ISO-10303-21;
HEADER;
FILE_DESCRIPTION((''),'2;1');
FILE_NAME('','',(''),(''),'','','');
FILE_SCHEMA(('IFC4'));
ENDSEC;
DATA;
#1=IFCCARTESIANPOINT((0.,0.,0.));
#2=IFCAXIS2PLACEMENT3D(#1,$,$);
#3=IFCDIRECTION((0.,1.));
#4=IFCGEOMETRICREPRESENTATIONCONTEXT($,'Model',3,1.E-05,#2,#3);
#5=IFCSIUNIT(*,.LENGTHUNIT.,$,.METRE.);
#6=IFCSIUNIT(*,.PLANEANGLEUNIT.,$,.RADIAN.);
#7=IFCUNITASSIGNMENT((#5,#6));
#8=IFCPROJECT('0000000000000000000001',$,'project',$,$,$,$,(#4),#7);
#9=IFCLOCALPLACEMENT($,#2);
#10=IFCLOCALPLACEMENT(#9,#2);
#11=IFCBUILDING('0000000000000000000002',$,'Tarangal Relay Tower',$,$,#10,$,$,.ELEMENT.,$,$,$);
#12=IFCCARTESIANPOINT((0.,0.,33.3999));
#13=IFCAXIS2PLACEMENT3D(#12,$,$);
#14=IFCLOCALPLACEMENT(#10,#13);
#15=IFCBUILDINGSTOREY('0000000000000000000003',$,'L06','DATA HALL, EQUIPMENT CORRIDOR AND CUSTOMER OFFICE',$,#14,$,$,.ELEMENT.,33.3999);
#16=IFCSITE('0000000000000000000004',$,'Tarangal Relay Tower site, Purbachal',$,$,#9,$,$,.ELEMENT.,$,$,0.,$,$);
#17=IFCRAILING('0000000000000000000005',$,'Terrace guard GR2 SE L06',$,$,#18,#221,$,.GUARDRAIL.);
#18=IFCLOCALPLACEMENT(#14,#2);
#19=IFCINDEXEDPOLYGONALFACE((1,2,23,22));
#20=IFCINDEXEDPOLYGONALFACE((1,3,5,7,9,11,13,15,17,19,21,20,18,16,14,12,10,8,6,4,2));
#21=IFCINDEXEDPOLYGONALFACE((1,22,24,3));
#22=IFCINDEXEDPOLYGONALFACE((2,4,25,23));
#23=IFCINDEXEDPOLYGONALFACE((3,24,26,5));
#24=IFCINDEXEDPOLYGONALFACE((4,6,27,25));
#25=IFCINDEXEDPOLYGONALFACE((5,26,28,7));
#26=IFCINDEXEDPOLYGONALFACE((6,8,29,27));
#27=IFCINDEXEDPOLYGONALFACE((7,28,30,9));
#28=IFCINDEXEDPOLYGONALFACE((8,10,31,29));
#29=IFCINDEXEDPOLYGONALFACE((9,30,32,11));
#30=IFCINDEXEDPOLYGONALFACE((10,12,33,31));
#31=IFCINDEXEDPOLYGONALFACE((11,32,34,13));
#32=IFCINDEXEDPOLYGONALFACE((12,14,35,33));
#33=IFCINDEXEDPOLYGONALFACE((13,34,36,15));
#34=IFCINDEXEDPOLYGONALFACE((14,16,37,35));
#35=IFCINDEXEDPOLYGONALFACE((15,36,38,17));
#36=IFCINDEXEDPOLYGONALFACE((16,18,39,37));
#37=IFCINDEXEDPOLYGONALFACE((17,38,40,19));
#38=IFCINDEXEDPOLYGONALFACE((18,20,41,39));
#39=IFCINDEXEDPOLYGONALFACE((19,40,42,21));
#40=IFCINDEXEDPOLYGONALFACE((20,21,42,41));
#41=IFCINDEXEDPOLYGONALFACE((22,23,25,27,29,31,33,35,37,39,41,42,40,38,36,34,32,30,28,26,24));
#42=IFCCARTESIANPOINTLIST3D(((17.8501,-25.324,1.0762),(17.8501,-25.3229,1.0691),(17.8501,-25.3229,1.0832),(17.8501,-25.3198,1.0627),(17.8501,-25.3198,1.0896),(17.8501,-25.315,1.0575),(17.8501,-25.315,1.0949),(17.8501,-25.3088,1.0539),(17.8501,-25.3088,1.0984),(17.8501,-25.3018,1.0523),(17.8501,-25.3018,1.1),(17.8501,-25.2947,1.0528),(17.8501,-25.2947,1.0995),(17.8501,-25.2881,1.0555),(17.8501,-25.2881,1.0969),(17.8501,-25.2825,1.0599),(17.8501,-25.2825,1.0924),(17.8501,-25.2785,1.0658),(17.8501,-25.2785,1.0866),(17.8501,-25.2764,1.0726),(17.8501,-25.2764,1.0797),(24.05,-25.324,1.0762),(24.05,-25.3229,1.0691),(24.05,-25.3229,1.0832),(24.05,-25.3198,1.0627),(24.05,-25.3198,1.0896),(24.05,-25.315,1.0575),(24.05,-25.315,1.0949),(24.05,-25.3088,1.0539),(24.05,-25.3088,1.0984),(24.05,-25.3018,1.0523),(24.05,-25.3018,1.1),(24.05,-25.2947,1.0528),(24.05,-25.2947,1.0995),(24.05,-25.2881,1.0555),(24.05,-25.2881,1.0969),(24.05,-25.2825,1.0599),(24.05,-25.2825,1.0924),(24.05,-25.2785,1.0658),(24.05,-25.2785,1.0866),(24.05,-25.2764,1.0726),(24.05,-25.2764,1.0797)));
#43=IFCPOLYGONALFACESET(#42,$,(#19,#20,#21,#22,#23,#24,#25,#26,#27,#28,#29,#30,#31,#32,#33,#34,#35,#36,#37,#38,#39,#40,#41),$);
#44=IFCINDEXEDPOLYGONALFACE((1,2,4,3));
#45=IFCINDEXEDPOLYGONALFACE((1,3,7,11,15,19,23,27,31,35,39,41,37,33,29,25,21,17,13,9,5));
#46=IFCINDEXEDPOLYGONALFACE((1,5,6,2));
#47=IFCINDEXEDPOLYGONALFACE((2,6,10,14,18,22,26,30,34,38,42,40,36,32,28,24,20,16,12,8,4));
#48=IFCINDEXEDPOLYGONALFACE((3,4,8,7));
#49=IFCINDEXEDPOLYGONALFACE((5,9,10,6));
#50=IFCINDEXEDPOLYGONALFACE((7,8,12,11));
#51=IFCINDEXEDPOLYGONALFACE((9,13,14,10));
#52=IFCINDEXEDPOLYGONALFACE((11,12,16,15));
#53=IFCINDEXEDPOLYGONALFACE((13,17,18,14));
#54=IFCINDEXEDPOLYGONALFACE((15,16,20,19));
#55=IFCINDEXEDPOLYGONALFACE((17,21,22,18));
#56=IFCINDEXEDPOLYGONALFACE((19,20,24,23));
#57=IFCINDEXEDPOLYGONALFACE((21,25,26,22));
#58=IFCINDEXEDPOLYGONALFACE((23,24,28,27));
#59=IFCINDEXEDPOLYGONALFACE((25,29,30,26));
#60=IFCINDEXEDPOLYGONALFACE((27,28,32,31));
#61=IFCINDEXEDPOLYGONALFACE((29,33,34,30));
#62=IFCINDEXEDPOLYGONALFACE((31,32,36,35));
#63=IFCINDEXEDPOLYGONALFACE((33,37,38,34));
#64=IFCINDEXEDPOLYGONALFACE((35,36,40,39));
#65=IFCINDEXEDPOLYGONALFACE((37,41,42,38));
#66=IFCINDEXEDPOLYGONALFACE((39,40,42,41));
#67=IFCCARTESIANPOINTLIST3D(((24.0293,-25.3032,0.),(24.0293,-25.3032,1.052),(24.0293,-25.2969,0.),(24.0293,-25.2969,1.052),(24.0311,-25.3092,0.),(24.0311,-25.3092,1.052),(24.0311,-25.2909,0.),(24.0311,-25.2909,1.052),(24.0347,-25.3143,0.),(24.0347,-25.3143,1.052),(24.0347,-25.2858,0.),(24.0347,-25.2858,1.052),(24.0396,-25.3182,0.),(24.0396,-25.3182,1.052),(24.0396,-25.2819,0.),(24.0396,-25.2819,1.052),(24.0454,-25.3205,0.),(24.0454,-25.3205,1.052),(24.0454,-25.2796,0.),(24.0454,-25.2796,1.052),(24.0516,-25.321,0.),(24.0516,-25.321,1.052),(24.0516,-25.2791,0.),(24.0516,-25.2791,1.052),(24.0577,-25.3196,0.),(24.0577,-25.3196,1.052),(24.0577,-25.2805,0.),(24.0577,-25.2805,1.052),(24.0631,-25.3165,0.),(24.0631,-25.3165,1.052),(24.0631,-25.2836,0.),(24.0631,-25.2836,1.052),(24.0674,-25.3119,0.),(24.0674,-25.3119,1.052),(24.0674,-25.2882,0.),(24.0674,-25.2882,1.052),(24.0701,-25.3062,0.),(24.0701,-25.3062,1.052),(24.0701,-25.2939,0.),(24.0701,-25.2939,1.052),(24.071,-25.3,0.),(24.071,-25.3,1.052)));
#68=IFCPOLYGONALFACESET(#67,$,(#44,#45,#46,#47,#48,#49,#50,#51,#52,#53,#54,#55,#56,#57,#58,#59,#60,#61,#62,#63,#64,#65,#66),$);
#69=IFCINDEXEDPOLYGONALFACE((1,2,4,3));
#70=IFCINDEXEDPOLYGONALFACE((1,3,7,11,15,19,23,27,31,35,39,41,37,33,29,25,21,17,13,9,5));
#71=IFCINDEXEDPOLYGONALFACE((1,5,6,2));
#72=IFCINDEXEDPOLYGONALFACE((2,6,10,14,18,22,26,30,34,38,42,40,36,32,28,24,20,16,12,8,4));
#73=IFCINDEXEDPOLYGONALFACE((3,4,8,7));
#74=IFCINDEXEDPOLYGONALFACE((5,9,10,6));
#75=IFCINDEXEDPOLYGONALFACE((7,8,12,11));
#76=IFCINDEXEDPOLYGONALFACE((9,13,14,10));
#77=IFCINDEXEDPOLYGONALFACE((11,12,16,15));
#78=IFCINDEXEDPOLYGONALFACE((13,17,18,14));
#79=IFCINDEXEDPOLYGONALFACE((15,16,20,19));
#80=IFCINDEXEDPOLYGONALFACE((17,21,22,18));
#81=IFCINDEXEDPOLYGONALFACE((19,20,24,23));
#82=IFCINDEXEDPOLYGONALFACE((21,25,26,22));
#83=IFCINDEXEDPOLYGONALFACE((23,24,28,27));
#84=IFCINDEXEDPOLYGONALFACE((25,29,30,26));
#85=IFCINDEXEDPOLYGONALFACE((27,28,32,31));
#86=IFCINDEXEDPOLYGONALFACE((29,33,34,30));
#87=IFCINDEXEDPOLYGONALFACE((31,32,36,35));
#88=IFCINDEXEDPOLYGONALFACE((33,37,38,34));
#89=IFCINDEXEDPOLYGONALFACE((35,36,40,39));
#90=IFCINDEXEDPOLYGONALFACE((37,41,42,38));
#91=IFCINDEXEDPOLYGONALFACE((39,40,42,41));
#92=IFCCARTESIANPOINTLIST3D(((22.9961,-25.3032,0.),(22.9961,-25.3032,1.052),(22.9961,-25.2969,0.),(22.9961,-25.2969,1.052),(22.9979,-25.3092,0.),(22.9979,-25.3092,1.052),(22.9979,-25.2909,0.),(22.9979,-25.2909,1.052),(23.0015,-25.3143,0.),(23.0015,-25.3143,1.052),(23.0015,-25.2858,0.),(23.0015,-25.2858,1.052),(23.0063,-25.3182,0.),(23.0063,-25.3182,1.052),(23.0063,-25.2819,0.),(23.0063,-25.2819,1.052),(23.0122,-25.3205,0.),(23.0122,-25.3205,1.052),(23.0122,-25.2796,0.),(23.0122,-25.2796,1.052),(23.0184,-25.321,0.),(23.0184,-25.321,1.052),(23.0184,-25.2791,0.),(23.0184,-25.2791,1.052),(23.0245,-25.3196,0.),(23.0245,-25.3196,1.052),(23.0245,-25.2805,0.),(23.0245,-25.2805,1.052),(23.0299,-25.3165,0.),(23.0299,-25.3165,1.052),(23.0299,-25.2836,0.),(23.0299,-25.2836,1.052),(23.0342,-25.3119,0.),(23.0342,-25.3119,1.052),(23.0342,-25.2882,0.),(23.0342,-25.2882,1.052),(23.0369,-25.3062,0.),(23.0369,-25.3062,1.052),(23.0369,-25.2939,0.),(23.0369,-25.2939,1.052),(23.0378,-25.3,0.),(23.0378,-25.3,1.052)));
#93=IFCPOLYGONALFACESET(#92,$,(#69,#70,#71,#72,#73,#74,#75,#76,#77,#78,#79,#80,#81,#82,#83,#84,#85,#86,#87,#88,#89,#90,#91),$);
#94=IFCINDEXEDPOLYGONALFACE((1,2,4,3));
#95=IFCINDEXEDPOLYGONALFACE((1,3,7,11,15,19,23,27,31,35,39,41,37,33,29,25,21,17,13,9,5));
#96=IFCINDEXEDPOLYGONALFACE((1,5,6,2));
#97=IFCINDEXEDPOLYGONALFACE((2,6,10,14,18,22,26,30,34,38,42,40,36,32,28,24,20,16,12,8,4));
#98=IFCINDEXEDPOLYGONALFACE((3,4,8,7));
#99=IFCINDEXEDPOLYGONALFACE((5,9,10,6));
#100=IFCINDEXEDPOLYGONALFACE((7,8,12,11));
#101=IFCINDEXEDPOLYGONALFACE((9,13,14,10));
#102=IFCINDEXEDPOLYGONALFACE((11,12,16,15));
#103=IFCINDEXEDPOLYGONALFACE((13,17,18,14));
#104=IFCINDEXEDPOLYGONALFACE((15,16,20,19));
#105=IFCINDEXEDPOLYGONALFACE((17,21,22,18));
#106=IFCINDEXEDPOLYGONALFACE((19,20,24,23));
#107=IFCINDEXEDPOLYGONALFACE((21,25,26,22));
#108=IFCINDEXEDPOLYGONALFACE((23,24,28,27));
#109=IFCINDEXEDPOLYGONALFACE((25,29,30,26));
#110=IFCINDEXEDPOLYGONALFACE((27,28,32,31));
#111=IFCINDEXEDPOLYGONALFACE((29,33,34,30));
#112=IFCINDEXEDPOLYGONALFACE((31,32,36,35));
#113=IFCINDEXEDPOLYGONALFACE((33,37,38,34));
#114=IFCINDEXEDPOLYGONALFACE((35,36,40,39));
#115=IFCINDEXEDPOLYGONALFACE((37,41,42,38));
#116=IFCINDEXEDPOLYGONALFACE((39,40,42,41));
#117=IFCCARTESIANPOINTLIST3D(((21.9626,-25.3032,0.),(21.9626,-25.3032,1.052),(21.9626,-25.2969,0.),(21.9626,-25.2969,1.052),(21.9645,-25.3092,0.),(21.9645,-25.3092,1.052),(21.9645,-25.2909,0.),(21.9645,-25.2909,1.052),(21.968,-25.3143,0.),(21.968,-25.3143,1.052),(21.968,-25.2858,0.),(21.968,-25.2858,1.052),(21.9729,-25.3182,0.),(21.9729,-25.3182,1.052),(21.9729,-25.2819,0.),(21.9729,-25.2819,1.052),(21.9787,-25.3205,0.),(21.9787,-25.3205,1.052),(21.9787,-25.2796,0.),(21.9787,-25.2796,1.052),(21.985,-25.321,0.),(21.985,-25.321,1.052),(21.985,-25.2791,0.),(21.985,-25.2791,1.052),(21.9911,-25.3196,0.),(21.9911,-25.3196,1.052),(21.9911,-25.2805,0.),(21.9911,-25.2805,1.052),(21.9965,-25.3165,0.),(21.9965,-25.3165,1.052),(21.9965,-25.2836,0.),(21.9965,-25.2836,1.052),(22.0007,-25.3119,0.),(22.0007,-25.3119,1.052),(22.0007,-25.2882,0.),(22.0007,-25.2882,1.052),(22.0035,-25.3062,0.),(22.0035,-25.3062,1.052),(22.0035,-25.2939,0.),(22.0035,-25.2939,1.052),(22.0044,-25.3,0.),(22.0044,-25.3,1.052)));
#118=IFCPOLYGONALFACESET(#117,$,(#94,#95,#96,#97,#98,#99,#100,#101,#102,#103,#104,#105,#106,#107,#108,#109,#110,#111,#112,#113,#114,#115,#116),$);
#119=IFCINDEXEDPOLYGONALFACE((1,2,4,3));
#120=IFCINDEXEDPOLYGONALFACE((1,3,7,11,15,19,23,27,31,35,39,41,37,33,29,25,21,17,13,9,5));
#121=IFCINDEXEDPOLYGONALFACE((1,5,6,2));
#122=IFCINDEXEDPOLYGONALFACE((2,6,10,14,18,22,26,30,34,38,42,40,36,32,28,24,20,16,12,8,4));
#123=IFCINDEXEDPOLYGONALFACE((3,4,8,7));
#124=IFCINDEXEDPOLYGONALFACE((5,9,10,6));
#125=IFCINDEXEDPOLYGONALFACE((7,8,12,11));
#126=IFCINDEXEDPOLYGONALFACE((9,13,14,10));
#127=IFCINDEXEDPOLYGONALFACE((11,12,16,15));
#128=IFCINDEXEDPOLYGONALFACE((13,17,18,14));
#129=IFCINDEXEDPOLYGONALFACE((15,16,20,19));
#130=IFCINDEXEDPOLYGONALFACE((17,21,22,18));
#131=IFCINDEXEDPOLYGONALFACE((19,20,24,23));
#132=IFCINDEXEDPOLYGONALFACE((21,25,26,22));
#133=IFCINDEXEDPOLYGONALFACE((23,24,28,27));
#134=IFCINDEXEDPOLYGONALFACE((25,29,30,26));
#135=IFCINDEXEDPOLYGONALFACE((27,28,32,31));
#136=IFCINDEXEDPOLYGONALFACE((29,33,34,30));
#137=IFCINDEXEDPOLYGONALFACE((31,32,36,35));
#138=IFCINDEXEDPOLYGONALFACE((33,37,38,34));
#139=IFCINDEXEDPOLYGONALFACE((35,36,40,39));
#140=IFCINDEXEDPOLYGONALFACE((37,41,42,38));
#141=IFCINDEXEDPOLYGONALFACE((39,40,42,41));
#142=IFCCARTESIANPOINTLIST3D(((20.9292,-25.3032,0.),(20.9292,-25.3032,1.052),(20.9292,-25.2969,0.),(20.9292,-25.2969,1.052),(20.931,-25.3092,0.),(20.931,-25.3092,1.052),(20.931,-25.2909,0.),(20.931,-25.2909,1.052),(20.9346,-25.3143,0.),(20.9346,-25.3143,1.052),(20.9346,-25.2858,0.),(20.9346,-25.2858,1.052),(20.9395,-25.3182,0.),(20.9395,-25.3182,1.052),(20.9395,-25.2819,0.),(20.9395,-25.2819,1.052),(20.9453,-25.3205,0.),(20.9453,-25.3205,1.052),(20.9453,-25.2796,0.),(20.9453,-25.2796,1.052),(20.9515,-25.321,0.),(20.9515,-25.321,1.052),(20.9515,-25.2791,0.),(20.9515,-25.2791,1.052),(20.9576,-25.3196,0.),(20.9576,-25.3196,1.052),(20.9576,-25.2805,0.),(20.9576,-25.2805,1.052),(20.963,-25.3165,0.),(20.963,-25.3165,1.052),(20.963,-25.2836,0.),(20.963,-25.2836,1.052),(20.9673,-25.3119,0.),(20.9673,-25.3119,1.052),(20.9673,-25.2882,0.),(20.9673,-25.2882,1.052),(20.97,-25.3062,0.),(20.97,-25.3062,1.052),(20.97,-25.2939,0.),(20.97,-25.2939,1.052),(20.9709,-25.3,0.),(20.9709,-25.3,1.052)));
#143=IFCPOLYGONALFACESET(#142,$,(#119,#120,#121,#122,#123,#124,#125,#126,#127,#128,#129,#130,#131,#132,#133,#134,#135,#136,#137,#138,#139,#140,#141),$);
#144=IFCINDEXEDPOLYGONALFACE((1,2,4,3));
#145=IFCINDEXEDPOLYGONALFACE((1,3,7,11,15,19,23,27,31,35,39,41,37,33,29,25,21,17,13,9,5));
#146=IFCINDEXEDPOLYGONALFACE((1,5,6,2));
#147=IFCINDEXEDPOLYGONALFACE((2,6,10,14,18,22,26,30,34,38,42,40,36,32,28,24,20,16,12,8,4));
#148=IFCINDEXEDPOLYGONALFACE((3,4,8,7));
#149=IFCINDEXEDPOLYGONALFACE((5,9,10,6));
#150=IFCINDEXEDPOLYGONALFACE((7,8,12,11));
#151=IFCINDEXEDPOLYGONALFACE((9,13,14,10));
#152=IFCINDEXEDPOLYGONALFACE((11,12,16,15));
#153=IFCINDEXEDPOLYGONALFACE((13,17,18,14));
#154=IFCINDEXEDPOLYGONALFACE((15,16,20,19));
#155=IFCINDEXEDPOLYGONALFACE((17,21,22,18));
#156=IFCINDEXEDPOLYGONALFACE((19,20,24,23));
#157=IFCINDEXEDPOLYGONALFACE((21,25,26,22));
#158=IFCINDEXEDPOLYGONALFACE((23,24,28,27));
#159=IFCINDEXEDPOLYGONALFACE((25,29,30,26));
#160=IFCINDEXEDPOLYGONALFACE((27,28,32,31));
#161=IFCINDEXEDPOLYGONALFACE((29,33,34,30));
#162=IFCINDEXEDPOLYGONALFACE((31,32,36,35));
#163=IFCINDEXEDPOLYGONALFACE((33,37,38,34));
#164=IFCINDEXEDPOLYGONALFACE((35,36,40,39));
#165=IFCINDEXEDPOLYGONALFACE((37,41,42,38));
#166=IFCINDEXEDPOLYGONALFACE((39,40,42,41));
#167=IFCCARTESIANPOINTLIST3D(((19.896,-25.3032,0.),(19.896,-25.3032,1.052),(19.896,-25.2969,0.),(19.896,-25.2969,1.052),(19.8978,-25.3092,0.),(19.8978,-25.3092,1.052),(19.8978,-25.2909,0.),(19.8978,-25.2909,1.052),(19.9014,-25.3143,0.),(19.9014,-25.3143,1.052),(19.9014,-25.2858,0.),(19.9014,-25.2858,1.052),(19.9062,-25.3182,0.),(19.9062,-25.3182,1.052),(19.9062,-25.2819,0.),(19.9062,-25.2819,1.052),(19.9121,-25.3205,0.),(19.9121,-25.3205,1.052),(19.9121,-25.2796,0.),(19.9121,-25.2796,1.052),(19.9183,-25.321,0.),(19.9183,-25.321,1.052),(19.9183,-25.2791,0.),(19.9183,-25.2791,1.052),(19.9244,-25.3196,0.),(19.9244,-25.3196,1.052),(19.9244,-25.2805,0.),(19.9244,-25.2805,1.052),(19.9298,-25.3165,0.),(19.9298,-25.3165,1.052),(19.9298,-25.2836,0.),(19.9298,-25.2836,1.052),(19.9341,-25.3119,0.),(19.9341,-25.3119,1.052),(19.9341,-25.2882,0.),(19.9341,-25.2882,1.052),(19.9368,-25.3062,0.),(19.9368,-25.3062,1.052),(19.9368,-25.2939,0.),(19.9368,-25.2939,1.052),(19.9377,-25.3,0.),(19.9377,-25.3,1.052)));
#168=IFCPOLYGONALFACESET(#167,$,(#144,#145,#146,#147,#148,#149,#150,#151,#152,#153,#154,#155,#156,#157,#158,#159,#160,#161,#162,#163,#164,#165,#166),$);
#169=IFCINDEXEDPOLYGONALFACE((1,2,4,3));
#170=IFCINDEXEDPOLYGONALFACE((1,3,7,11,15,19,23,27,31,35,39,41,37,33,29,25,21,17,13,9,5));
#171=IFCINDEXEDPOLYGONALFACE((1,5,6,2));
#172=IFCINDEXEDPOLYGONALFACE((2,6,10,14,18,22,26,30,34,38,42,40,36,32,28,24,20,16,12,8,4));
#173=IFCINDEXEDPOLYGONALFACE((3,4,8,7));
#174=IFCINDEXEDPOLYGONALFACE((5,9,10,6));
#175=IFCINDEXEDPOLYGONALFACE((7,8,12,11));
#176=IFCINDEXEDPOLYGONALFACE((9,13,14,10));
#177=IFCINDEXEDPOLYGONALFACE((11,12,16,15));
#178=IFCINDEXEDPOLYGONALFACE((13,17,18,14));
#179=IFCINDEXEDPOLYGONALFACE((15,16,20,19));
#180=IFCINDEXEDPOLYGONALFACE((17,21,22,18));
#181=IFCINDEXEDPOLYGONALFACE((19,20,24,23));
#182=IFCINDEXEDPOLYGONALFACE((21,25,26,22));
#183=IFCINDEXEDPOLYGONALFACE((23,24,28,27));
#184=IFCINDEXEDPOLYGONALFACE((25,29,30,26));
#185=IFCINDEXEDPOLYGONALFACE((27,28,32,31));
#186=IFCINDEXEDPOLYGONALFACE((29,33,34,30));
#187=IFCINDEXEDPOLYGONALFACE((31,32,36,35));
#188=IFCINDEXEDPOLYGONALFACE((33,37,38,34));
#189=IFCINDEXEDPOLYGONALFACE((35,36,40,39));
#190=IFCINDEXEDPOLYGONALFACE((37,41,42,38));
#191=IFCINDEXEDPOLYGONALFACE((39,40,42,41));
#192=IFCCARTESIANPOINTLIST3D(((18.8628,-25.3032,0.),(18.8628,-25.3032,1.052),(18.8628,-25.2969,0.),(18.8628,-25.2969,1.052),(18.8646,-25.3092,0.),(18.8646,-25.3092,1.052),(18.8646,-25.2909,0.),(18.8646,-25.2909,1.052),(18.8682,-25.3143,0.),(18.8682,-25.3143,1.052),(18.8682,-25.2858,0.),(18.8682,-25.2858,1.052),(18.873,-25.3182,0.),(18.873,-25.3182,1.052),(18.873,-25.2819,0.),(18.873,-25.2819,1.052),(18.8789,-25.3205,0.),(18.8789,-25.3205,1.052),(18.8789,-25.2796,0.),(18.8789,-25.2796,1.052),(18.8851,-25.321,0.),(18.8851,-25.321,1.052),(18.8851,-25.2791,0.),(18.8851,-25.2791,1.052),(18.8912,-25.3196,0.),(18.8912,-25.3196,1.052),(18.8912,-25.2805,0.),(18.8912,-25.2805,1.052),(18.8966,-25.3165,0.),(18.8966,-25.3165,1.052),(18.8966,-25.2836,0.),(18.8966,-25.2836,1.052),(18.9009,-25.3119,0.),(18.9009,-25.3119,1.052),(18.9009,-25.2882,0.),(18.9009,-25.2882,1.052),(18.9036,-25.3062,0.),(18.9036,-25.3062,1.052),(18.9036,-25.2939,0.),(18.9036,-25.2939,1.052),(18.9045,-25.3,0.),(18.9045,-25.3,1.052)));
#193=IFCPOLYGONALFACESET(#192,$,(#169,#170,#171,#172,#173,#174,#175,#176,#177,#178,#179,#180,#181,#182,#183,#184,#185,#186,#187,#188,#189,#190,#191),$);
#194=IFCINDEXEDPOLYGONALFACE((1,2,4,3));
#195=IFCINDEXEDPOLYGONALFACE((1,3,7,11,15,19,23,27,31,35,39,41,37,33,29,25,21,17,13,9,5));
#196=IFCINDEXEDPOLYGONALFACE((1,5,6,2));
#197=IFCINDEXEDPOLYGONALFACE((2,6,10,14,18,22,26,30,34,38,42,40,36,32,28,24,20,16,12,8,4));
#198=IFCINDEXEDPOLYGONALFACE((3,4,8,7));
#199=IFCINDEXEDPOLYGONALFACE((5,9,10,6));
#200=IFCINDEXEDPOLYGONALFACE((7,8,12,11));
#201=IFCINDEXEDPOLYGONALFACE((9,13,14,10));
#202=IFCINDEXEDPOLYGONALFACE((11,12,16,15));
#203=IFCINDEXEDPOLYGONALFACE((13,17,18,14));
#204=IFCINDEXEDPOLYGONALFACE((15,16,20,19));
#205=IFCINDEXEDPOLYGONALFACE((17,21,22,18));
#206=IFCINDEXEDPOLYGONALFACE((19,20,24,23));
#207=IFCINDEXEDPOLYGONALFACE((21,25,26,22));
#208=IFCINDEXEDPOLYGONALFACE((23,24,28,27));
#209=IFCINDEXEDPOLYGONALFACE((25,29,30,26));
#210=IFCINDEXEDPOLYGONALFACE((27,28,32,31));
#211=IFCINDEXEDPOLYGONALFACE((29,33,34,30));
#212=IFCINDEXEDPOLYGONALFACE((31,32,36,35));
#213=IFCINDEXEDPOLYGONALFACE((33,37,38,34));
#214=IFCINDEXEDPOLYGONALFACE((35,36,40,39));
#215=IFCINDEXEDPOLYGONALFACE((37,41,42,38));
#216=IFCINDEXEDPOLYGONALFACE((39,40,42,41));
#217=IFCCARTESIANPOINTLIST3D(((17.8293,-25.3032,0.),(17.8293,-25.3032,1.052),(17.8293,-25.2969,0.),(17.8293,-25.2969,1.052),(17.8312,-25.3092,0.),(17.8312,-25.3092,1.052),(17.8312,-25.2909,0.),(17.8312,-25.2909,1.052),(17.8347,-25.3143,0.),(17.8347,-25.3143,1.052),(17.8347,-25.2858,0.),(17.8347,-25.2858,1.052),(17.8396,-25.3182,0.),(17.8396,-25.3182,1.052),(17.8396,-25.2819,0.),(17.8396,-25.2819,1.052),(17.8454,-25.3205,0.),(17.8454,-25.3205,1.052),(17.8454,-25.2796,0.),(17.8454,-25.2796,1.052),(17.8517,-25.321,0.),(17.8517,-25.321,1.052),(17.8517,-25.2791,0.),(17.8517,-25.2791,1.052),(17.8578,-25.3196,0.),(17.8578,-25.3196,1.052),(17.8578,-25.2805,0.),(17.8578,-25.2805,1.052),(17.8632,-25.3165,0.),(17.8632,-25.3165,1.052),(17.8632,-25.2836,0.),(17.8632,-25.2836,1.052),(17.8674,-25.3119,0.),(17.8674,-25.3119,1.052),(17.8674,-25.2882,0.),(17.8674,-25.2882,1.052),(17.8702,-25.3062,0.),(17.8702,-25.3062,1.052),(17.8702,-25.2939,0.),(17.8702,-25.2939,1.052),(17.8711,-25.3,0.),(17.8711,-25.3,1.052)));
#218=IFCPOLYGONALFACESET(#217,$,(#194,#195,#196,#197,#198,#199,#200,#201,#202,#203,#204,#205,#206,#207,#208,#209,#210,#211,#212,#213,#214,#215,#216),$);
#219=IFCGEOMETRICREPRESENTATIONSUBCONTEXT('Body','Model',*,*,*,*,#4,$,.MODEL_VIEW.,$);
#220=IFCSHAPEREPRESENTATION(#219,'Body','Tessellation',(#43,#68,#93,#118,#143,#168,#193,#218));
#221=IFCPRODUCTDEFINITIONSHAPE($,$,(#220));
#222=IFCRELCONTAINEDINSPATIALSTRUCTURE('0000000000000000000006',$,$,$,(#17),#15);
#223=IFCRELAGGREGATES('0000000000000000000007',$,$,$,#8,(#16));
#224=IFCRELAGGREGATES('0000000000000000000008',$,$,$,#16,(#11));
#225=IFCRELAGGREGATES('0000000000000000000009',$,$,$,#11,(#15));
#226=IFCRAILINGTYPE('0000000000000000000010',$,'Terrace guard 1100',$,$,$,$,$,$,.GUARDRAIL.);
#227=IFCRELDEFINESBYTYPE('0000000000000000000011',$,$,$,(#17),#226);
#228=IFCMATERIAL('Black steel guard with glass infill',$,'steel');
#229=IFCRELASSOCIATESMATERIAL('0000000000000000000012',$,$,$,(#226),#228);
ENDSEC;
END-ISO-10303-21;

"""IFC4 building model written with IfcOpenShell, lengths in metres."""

from ifc_helpers import new_model, si_unit, direction, frame, origin, origin_2d, place, context, subcontext, project, spatial, circle, extrude, material, type_object, element, save


model = new_model("IFC4")

# Units and contexts
model_context = context("Model", 3, precision=1e-05, world=origin(), true_north=direction((0.0, 1.0)))
body_context = subcontext(model_context, "Body", "Model", "MODEL_VIEW")
ifc_project = project(units=[si_unit("LENGTHUNIT", "METRE"), si_unit("PLANEANGLEUNIT", "RADIAN")], contexts=[model_context])

# Site, building, storey
site_placement = place(None, origin())
site = spatial("IfcSite", under=ifc_project, at=site_placement, Name="Tarangal Relay Tower site, Purbachal", CompositionType="ELEMENT", RefElevation=0.0)
building_placement = place(site_placement, origin())
building = spatial("IfcBuilding", under=site, at=building_placement, Name="Tarangal Relay Tower", CompositionType="ELEMENT")
storey_placement = place(building_placement, frame((0.0, 0.0, 33.3999)))
storey = spatial("IfcBuildingStorey", under=building, at=storey_placement, Name="L06", Description="DATA HALL, EQUIPMENT CORRIDOR AND CUSTOMER OFFICE", CompositionType="ELEMENT", Elevation=33.3999)

# Railing
ifc_material_1 = material(Name="Black steel guard with glass infill", Category="steel")
railing_type = type_object("IfcRailingType", Name="Terrace guard 1100", PredefinedType="GUARDRAIL", material=ifc_material_1)
railing_1_placement = place(storey_placement, frame((24.05, -25.3, 0.0)))
element("IfcRailing", 1, at=railing_1_placement, inside=storey, type_object=railing_type, Name="Terrace guard GR2 SE L06", PredefinedType="GUARDRAIL", context=body_context, shape_type="SweptSolid", body=[
    extrude(circle(Radius=0.0239, at=origin_2d()), frame((0.0, 0.0, 1.0762), z_axis=(-1.0, 0.0, 0.0), x_axis=(0.0, -1.0, 0.0)), (0.0, 0.0, 1.0), 6.2),
    extrude(circle(Radius=0.021, at=origin_2d()), origin(), (0.0, 0.0, 1.0), 1.052),
    extrude(circle(Radius=0.021, at=origin_2d()), frame((-1.0332, 0.0, 0.0)), (0.0, 0.0, 1.0), 1.052),
    extrude(circle(Radius=0.021, at=origin_2d()), frame((-2.0667, 0.0, 0.0)), (0.0, 0.0, 1.0), 1.052),
    extrude(circle(Radius=0.021, at=origin_2d()), frame((-3.1001, 0.0, 0.0)), (0.0, 0.0, 1.0), 1.052),
    extrude(circle(Radius=0.021, at=origin_2d()), frame((-4.1333, 0.0, 0.0)), (0.0, 0.0, 1.0), 1.052),
    extrude(circle(Radius=0.021, at=origin_2d()), frame((-5.1665, 0.0, 0.0)), (0.0, 0.0, 1.0), 1.052),
    extrude(circle(Radius=0.021, at=origin_2d()), frame((-6.2, 0.0, 0.0)), (0.0, 0.0, 1.0), 1.052),
])

save(model, "model.ifc")
